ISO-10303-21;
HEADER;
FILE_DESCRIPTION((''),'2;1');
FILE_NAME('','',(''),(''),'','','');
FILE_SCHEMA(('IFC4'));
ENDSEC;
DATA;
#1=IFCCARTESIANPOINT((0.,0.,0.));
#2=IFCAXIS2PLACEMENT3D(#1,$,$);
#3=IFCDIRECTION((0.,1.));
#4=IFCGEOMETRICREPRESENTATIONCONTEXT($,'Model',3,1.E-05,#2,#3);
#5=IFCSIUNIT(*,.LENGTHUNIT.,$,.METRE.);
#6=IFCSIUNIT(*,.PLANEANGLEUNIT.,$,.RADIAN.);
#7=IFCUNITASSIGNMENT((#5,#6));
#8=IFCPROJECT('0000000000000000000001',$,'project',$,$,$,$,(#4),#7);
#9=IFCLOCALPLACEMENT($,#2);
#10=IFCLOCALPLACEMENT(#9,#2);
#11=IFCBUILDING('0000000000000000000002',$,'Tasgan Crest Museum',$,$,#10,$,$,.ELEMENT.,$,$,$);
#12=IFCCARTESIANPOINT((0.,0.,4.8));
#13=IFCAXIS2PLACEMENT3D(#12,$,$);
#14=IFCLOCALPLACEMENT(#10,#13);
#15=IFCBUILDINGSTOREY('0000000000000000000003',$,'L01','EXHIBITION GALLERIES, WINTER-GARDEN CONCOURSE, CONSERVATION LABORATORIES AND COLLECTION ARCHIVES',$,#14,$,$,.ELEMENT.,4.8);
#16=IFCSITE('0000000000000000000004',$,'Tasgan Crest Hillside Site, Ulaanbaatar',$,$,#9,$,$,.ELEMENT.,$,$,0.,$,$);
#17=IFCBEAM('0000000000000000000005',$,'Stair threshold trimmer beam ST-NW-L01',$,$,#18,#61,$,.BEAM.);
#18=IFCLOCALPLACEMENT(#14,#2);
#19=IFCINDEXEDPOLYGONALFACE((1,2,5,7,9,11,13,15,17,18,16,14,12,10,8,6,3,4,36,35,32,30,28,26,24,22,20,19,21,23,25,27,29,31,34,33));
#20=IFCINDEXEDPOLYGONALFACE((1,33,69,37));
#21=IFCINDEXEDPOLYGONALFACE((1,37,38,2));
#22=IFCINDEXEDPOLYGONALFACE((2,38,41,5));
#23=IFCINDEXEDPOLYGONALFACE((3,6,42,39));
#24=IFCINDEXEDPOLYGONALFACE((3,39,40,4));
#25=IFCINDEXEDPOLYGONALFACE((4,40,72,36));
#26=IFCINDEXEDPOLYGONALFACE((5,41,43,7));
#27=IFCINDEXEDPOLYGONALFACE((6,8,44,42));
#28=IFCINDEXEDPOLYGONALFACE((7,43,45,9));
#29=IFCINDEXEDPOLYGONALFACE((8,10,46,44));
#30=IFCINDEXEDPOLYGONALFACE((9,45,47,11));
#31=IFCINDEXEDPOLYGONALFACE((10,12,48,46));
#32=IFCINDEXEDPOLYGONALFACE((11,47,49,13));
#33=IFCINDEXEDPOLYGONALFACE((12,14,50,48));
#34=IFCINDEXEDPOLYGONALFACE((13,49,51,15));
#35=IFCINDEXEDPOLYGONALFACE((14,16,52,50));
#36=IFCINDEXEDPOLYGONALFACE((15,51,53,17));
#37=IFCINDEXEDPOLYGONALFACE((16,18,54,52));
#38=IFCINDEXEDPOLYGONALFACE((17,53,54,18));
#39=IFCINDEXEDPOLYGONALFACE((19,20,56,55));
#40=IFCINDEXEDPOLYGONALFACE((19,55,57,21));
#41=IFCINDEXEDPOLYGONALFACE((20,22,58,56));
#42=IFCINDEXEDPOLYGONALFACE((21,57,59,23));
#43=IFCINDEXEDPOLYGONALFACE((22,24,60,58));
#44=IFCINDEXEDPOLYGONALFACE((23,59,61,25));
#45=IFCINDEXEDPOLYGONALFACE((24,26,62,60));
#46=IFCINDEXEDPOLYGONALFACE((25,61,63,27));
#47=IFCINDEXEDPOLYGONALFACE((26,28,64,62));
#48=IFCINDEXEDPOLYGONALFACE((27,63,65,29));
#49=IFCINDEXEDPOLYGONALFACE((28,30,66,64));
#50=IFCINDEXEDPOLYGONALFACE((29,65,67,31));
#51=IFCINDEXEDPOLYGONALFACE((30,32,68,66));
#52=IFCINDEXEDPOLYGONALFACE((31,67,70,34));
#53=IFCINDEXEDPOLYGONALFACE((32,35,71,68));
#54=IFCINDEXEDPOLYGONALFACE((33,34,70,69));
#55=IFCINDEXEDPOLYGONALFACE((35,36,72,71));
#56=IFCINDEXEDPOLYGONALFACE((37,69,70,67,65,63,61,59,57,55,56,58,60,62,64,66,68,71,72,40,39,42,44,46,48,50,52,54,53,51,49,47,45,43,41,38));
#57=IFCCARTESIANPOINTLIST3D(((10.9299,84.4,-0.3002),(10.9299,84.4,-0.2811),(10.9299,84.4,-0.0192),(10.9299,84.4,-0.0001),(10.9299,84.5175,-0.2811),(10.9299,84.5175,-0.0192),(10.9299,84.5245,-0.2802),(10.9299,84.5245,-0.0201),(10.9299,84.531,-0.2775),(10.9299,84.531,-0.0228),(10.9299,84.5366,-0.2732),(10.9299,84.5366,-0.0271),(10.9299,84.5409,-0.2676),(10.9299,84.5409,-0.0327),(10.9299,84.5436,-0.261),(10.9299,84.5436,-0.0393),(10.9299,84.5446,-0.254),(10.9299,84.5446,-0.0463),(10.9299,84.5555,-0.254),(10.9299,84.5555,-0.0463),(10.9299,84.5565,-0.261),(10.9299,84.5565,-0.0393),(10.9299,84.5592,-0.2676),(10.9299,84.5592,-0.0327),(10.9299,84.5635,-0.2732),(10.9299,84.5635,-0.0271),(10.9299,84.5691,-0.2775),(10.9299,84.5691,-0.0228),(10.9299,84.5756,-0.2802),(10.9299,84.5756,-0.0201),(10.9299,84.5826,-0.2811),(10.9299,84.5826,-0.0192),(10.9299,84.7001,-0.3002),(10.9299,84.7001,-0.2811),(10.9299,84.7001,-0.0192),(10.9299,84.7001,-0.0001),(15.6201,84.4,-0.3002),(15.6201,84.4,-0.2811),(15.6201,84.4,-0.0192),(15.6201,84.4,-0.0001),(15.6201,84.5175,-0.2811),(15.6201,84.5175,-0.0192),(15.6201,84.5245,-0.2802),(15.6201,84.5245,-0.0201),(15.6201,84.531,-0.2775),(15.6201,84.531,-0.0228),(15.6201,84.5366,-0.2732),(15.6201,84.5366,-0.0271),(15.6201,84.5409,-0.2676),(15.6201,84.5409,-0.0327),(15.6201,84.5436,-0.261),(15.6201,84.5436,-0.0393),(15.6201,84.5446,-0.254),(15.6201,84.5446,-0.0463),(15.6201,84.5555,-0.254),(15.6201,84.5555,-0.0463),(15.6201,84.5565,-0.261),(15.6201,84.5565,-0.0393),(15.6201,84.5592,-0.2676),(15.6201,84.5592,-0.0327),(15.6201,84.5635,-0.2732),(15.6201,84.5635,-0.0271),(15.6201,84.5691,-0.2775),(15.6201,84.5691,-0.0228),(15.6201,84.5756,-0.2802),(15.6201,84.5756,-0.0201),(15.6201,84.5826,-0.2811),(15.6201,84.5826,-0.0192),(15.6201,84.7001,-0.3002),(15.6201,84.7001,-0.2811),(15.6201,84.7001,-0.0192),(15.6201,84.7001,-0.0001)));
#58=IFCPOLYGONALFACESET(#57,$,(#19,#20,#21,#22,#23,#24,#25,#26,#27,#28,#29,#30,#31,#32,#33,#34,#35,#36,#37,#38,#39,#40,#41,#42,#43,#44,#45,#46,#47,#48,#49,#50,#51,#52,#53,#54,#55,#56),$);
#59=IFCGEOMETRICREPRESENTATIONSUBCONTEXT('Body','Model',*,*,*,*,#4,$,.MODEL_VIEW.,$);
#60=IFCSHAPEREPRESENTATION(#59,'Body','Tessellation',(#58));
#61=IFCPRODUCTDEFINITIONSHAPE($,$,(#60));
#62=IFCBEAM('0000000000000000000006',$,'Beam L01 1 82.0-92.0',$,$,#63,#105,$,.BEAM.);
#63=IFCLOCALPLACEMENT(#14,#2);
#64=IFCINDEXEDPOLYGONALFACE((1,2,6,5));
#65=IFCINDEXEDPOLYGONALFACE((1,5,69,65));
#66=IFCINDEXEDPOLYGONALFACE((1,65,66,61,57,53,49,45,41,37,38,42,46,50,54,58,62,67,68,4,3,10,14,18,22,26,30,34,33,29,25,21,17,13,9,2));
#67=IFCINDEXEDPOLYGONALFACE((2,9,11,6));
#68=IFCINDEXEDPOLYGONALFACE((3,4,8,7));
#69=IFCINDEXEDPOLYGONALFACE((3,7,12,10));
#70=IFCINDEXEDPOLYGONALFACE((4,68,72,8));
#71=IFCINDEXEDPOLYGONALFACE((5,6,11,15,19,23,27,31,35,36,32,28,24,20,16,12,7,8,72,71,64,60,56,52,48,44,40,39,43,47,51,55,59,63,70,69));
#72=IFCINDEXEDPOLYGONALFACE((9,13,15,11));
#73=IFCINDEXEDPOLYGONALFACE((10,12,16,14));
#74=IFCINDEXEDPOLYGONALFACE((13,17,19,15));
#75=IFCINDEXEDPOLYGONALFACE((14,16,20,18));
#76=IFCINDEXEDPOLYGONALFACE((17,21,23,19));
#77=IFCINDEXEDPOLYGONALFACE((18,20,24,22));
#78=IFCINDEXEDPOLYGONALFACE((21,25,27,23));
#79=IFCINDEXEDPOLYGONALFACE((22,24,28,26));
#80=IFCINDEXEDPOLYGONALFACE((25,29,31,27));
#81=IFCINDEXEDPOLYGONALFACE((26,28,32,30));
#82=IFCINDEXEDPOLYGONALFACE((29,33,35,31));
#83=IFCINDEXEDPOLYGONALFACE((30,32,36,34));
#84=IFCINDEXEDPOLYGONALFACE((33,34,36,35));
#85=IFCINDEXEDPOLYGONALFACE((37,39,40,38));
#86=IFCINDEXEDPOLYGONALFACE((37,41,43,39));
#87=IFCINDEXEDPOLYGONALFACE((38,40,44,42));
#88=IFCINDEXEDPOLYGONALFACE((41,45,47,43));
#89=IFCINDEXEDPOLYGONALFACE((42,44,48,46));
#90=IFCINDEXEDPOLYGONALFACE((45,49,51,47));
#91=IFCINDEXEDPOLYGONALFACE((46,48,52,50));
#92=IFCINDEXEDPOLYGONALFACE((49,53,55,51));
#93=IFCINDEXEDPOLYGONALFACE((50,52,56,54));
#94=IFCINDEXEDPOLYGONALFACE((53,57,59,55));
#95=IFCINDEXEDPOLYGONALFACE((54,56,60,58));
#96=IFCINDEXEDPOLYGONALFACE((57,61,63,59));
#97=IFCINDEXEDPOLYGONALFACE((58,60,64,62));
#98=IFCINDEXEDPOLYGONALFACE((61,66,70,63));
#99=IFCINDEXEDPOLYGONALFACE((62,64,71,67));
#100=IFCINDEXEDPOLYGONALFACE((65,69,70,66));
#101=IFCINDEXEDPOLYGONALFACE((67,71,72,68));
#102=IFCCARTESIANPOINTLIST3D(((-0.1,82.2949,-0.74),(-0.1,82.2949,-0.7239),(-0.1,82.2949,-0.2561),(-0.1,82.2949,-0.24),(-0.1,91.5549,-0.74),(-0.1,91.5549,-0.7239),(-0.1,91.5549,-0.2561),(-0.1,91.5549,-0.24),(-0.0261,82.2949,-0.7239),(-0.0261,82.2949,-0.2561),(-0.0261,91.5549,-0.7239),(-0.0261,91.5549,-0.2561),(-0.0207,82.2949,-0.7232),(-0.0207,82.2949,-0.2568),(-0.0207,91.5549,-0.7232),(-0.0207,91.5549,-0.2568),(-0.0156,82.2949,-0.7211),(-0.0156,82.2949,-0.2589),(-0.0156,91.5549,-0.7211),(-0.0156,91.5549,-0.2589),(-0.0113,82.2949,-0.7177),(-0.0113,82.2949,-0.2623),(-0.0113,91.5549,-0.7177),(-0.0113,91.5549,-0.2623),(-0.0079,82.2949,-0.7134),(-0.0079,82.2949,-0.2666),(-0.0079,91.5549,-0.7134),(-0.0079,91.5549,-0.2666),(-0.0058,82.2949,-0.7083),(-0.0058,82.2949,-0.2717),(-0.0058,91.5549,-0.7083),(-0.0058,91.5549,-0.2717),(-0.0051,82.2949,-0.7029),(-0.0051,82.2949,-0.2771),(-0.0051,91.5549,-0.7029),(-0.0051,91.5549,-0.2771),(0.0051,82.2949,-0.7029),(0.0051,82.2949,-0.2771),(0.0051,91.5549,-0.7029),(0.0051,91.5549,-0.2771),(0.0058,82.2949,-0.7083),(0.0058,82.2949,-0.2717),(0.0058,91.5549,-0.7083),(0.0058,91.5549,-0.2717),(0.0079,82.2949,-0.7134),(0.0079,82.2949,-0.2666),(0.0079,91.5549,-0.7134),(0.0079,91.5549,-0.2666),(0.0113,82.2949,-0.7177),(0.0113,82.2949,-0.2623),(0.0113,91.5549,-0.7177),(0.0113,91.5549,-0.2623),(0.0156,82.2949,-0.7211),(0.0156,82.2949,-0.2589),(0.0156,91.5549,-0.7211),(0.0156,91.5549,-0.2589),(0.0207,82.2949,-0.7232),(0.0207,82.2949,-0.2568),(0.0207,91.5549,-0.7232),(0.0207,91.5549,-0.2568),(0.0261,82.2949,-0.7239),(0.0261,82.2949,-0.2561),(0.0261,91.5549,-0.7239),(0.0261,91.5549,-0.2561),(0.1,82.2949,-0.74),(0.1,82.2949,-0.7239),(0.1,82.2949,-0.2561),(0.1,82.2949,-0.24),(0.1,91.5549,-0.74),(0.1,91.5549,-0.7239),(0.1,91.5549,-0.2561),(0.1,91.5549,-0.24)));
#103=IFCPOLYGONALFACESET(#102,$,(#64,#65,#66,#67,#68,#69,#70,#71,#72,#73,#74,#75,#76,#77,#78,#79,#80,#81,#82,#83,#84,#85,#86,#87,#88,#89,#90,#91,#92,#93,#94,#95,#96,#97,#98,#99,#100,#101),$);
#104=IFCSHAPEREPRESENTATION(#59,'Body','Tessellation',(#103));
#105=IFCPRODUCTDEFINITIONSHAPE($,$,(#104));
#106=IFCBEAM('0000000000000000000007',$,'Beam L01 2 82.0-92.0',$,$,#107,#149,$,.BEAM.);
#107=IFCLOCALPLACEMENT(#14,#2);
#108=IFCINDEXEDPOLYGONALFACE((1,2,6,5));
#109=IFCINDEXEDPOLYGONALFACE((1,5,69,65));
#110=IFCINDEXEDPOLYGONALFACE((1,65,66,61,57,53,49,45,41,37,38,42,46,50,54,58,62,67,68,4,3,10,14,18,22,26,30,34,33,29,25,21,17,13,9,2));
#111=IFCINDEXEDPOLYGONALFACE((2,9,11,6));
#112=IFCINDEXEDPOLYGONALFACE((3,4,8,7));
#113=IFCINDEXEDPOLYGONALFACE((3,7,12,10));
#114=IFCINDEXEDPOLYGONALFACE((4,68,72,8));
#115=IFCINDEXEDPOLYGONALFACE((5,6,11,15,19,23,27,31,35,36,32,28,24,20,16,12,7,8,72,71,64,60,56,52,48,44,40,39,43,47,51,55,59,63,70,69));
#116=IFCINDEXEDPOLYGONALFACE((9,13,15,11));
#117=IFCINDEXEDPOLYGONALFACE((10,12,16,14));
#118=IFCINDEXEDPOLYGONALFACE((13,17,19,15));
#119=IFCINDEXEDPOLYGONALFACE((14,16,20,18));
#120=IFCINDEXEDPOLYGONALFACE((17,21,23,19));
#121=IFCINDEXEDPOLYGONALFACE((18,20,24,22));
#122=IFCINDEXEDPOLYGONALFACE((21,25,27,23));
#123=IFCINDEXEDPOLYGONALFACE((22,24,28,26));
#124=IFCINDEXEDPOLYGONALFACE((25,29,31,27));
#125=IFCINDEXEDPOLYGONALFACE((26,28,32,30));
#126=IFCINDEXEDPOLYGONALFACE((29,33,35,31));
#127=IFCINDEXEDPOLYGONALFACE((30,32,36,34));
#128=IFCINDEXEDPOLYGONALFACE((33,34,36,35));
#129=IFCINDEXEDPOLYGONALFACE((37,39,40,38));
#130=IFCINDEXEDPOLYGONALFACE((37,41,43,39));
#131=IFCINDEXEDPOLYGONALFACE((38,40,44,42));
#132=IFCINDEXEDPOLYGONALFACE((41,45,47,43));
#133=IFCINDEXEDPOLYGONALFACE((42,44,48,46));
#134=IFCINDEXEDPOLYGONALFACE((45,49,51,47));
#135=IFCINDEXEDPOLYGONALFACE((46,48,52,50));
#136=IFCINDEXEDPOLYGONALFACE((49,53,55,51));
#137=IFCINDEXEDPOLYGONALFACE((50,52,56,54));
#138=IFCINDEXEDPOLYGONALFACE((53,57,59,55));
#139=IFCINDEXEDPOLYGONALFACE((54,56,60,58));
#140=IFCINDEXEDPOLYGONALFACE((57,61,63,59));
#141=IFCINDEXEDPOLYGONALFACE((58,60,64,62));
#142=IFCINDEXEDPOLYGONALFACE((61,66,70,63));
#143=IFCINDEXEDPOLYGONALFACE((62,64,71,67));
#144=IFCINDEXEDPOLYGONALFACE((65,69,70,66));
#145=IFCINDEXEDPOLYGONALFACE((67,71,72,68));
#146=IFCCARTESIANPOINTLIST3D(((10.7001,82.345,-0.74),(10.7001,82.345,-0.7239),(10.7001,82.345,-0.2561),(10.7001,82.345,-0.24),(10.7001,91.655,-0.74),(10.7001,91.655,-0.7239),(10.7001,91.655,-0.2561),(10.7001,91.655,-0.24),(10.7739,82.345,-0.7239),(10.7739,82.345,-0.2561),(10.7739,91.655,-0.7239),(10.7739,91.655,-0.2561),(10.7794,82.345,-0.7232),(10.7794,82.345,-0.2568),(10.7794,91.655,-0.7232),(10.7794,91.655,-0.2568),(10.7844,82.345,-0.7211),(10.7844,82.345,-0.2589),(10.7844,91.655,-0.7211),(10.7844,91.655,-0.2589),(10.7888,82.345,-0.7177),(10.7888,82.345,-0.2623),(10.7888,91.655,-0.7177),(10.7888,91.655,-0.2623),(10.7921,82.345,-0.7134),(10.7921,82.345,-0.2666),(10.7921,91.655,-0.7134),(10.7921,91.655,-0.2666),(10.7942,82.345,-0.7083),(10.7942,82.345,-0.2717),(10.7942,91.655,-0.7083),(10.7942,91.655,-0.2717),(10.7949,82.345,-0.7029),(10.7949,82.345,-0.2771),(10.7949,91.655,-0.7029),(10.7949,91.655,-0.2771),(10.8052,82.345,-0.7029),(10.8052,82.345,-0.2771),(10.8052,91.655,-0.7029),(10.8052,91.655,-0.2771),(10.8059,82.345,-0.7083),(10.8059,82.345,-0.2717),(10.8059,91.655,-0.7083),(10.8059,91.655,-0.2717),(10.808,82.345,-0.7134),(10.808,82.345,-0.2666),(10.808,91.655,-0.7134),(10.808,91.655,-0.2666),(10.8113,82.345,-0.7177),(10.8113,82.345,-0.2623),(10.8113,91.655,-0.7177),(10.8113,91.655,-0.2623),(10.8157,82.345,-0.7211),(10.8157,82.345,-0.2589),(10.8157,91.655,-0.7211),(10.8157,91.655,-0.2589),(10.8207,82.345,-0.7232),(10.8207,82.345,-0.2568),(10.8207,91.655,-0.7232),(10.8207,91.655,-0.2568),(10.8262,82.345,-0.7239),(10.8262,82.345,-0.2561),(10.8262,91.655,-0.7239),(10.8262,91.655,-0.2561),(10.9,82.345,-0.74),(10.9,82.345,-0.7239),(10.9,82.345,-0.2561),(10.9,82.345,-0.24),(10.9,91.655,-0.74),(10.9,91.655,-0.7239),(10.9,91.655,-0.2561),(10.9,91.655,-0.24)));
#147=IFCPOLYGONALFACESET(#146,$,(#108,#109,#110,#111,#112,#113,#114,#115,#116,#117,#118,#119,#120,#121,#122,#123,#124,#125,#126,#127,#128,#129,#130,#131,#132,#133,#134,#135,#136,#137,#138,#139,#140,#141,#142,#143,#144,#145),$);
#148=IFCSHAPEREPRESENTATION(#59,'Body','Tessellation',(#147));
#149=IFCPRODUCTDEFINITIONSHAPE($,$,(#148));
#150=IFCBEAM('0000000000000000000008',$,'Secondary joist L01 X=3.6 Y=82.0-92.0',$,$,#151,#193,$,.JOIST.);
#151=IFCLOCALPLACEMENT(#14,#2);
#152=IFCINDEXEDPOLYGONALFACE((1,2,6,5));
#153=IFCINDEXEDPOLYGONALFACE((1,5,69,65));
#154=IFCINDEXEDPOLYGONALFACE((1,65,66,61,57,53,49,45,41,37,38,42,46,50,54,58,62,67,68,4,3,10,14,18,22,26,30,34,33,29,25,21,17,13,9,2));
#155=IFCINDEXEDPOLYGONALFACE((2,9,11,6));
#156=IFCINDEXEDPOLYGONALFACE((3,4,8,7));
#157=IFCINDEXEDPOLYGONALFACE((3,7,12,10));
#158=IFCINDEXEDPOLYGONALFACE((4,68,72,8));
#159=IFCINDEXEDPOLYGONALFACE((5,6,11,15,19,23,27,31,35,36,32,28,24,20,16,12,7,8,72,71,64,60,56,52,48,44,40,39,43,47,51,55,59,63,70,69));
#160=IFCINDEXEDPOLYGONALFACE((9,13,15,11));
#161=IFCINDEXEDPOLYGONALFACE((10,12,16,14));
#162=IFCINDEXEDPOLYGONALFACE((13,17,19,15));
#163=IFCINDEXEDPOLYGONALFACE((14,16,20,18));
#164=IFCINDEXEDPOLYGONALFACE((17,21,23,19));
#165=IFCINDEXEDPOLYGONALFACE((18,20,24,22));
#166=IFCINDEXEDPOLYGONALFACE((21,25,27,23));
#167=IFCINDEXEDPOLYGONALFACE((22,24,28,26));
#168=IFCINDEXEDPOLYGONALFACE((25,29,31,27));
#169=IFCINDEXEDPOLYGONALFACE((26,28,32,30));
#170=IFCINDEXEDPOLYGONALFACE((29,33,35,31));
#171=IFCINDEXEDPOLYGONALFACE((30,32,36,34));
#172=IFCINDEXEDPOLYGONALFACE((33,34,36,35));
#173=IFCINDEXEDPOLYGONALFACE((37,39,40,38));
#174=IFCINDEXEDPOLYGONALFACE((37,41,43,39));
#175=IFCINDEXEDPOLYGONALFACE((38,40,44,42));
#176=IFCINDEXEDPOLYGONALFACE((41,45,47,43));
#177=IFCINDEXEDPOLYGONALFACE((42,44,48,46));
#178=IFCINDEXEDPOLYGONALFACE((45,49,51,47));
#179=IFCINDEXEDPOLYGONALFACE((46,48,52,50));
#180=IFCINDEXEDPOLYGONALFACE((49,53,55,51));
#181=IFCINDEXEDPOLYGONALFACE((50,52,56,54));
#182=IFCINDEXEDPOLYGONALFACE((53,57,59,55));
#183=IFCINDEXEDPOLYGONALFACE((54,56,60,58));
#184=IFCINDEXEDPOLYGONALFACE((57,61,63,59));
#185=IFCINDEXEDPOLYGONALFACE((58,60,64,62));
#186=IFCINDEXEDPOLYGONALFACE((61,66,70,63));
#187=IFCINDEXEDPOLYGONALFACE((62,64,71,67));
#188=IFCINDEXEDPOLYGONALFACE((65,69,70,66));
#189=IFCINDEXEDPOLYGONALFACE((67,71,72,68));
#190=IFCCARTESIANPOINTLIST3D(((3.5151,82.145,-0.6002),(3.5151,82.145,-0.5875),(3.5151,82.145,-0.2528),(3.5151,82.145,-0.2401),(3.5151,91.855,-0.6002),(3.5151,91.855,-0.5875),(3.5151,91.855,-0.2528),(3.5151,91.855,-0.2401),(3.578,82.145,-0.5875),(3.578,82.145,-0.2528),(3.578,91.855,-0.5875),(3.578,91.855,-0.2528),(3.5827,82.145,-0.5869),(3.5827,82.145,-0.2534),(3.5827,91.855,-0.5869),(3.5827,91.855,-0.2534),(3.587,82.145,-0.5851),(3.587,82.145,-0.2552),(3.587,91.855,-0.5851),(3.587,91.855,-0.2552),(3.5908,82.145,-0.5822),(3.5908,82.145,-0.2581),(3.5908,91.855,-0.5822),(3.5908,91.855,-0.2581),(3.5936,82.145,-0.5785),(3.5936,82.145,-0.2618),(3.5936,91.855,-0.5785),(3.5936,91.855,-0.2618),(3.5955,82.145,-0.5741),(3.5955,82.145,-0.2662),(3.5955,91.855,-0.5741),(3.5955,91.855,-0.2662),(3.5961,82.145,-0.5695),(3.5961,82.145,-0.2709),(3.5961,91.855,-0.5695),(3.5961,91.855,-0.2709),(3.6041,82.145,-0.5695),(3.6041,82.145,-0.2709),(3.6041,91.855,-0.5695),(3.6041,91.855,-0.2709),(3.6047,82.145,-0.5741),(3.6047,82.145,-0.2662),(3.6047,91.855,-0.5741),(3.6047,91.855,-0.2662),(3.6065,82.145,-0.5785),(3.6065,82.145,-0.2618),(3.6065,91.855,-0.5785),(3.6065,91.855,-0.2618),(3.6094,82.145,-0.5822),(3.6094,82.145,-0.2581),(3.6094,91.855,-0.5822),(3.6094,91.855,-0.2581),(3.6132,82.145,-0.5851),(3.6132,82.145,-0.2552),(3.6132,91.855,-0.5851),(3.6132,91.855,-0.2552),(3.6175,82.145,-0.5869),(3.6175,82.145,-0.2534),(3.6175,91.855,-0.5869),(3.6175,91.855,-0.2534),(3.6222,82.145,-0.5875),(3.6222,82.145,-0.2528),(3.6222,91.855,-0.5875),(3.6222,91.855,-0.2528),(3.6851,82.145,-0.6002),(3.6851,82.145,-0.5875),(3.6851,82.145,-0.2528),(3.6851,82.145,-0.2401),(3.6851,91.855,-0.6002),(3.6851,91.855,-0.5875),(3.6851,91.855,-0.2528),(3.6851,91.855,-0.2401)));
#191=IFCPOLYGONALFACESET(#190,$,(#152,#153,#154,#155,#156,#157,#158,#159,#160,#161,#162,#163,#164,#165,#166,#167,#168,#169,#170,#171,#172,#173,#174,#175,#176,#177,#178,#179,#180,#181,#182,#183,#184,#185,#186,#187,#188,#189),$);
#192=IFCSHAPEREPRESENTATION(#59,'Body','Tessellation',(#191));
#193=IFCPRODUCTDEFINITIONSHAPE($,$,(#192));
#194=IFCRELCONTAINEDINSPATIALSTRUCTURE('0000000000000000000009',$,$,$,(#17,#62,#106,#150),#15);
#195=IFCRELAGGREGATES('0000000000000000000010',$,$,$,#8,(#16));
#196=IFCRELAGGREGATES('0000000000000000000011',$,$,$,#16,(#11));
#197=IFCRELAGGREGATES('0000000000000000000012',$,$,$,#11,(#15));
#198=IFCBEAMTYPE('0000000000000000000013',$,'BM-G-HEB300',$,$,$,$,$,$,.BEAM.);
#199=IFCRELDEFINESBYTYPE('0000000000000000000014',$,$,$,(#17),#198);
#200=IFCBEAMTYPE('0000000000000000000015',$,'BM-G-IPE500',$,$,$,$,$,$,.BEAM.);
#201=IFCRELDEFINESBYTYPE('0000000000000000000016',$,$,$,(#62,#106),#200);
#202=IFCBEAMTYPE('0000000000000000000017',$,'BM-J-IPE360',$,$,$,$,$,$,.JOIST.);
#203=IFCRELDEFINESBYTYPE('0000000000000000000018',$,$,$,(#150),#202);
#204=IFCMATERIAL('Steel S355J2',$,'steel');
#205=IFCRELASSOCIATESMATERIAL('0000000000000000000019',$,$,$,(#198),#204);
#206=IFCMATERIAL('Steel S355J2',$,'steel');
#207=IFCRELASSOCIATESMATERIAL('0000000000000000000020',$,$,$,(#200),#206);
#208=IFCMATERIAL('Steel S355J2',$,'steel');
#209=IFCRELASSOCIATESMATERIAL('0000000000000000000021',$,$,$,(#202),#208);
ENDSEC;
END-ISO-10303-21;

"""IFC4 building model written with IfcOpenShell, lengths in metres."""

from ifc_helpers import new_model, si_unit, direction, frame, origin, origin_2d, place, context, subcontext, project, spatial, i_section, extrude, material, material_profile, profile_set, type_object, element, save


model = new_model("IFC4")

# Units and contexts
model_context = context("Model", 3, precision=1e-05, world=origin(), true_north=direction((0.0, 1.0)))
body_context = subcontext(model_context, "Body", "Model", "MODEL_VIEW")
ifc_project = project(units=[si_unit("LENGTHUNIT", "METRE"), si_unit("PLANEANGLEUNIT", "RADIAN")], contexts=[model_context])

# Site, building, storey
site_placement = place(None, origin())
site = spatial("IfcSite", under=ifc_project, at=site_placement, Name="Tasgan Crest Hillside Site, Ulaanbaatar", CompositionType="ELEMENT", RefElevation=0.0)
building_placement = place(site_placement, origin())
building = spatial("IfcBuilding", under=site, at=building_placement, Name="Tasgan Crest Museum", CompositionType="ELEMENT")
storey_placement = place(building_placement, frame((0.0, 0.0, 4.8)))
storey = spatial("IfcBuildingStorey", under=building, at=storey_placement, Name="L01", Description="EXHIBITION GALLERIES, WINTER-GARDEN CONCOURSE, CONSERVATION LABORATORIES AND COLLECTION ARCHIVES", CompositionType="ELEMENT", Elevation=4.8)

# Beams
ifc_material_1 = material(Name="Steel S355J2", Category="steel")
ifc_material_profile_1 = material_profile(ifc_material_1, i_section(OverallWidth=0.3, OverallDepth=0.3, WebThickness=0.011, FlangeThickness=0.019, FilletRadius=0.0271, at=origin_2d()), Name="HEB 300")
ifc_profile_set_1 = profile_set([ifc_material_profile_1], Name="Steel S355J2")
beam_type_1 = type_object("IfcBeamType", Name="BM-G-HEB300", PredefinedType="BEAM", material=ifc_profile_set_1)
beam_1_placement = place(storey_placement, frame((10.9299, 84.55, -0.1501), z_axis=(1.0, 0.0, 0.0), x_axis=(0.0, 1.0, 0.0)))
element("IfcBeam", 1, at=beam_1_placement, inside=storey, type_object=beam_type_1, Name="Stair threshold trimmer beam ST-NW-L01", PredefinedType="BEAM", context=body_context, shape_type="SweptSolid", body=[
    extrude(i_section(OverallWidth=0.3, OverallDepth=0.3, WebThickness=0.011, FlangeThickness=0.019, FilletRadius=0.0271, at=origin_2d()), origin(), (0.0, 0.0, 1.0), 4.6902),
])
ifc_material_2 = material(Name="Steel S355J2", Category="steel")
ifc_material_profile_2 = material_profile(ifc_material_2, i_section(OverallWidth=0.2, OverallDepth=0.5, WebThickness=0.0103, FlangeThickness=0.0161, FilletRadius=0.021, at=origin_2d()), Name="IPE 500")
ifc_profile_set_2 = profile_set([ifc_material_profile_2], Name="Steel S355J2")
beam_type_2 = type_object("IfcBeamType", Name="BM-G-IPE500", PredefinedType="BEAM", material=ifc_profile_set_2)
beam_2_placement = place(storey_placement, frame((0.0, 82.2949, -0.49), z_axis=(0.0, 1.0, 0.0), x_axis=(-1.0, 0.0, 0.0)))
element("IfcBeam", 2, at=beam_2_placement, inside=storey, type_object=beam_type_2, Name="Beam L01 1 82.0-92.0", PredefinedType="BEAM", context=body_context, shape_type="SweptSolid", body=[
    extrude(i_section(OverallWidth=0.2, OverallDepth=0.5, WebThickness=0.0103, FlangeThickness=0.0161, FilletRadius=0.021, at=origin_2d()), origin(), (0.0, 0.0, 1.0), 9.26),
])
beam_3_placement = place(storey_placement, frame((10.8, 82.345, -0.49), z_axis=(0.0, 1.0, 0.0), x_axis=(-1.0, 0.0, 0.0)))
element("IfcBeam", 3, at=beam_3_placement, inside=storey, type_object=beam_type_2, Name="Beam L01 2 82.0-92.0", PredefinedType="BEAM", context=body_context, shape_type="SweptSolid", body=[
    extrude(i_section(OverallWidth=0.2, OverallDepth=0.5, WebThickness=0.0103, FlangeThickness=0.0161, FilletRadius=0.021, at=origin_2d()), origin(), (0.0, 0.0, 1.0), 9.3101),
])
ifc_material_3 = material(Name="Steel S355J2", Category="steel")
ifc_material_profile_3 = material_profile(ifc_material_3, i_section(OverallWidth=0.1699, OverallDepth=0.3601, WebThickness=0.0081, FlangeThickness=0.0127, FilletRadius=0.0181, at=origin_2d()), Name="IPE 360")
ifc_profile_set_3 = profile_set([ifc_material_profile_3], Name="Steel S355J2")
beam_type_3 = type_object("IfcBeamType", Name="BM-J-IPE360", PredefinedType="JOIST", material=ifc_profile_set_3)
for number, where, z_axis, x_axis, name in (
    (4, (3.6001, 82.145, -0.4202), (0.0, 1.0, 0.0), (-1.0, 0.0, 0.0), "Secondary joist L01 X=3.6 Y=82.0-92.0"),
):
    element("IfcBeam", number, at=place(storey_placement, frame(where, z_axis=z_axis, x_axis=x_axis)), inside=storey, type_object=beam_type_3, Name=name, PredefinedType="JOIST", context=body_context, shape_type="SweptSolid", body=[
        extrude(i_section(OverallWidth=0.1699, OverallDepth=0.3601, WebThickness=0.0081, FlangeThickness=0.0127, FilletRadius=0.0181, at=origin_2d()), origin(), (0.0, 0.0, 1.0), 9.71),
    ])

save(model, "model.ifc")
